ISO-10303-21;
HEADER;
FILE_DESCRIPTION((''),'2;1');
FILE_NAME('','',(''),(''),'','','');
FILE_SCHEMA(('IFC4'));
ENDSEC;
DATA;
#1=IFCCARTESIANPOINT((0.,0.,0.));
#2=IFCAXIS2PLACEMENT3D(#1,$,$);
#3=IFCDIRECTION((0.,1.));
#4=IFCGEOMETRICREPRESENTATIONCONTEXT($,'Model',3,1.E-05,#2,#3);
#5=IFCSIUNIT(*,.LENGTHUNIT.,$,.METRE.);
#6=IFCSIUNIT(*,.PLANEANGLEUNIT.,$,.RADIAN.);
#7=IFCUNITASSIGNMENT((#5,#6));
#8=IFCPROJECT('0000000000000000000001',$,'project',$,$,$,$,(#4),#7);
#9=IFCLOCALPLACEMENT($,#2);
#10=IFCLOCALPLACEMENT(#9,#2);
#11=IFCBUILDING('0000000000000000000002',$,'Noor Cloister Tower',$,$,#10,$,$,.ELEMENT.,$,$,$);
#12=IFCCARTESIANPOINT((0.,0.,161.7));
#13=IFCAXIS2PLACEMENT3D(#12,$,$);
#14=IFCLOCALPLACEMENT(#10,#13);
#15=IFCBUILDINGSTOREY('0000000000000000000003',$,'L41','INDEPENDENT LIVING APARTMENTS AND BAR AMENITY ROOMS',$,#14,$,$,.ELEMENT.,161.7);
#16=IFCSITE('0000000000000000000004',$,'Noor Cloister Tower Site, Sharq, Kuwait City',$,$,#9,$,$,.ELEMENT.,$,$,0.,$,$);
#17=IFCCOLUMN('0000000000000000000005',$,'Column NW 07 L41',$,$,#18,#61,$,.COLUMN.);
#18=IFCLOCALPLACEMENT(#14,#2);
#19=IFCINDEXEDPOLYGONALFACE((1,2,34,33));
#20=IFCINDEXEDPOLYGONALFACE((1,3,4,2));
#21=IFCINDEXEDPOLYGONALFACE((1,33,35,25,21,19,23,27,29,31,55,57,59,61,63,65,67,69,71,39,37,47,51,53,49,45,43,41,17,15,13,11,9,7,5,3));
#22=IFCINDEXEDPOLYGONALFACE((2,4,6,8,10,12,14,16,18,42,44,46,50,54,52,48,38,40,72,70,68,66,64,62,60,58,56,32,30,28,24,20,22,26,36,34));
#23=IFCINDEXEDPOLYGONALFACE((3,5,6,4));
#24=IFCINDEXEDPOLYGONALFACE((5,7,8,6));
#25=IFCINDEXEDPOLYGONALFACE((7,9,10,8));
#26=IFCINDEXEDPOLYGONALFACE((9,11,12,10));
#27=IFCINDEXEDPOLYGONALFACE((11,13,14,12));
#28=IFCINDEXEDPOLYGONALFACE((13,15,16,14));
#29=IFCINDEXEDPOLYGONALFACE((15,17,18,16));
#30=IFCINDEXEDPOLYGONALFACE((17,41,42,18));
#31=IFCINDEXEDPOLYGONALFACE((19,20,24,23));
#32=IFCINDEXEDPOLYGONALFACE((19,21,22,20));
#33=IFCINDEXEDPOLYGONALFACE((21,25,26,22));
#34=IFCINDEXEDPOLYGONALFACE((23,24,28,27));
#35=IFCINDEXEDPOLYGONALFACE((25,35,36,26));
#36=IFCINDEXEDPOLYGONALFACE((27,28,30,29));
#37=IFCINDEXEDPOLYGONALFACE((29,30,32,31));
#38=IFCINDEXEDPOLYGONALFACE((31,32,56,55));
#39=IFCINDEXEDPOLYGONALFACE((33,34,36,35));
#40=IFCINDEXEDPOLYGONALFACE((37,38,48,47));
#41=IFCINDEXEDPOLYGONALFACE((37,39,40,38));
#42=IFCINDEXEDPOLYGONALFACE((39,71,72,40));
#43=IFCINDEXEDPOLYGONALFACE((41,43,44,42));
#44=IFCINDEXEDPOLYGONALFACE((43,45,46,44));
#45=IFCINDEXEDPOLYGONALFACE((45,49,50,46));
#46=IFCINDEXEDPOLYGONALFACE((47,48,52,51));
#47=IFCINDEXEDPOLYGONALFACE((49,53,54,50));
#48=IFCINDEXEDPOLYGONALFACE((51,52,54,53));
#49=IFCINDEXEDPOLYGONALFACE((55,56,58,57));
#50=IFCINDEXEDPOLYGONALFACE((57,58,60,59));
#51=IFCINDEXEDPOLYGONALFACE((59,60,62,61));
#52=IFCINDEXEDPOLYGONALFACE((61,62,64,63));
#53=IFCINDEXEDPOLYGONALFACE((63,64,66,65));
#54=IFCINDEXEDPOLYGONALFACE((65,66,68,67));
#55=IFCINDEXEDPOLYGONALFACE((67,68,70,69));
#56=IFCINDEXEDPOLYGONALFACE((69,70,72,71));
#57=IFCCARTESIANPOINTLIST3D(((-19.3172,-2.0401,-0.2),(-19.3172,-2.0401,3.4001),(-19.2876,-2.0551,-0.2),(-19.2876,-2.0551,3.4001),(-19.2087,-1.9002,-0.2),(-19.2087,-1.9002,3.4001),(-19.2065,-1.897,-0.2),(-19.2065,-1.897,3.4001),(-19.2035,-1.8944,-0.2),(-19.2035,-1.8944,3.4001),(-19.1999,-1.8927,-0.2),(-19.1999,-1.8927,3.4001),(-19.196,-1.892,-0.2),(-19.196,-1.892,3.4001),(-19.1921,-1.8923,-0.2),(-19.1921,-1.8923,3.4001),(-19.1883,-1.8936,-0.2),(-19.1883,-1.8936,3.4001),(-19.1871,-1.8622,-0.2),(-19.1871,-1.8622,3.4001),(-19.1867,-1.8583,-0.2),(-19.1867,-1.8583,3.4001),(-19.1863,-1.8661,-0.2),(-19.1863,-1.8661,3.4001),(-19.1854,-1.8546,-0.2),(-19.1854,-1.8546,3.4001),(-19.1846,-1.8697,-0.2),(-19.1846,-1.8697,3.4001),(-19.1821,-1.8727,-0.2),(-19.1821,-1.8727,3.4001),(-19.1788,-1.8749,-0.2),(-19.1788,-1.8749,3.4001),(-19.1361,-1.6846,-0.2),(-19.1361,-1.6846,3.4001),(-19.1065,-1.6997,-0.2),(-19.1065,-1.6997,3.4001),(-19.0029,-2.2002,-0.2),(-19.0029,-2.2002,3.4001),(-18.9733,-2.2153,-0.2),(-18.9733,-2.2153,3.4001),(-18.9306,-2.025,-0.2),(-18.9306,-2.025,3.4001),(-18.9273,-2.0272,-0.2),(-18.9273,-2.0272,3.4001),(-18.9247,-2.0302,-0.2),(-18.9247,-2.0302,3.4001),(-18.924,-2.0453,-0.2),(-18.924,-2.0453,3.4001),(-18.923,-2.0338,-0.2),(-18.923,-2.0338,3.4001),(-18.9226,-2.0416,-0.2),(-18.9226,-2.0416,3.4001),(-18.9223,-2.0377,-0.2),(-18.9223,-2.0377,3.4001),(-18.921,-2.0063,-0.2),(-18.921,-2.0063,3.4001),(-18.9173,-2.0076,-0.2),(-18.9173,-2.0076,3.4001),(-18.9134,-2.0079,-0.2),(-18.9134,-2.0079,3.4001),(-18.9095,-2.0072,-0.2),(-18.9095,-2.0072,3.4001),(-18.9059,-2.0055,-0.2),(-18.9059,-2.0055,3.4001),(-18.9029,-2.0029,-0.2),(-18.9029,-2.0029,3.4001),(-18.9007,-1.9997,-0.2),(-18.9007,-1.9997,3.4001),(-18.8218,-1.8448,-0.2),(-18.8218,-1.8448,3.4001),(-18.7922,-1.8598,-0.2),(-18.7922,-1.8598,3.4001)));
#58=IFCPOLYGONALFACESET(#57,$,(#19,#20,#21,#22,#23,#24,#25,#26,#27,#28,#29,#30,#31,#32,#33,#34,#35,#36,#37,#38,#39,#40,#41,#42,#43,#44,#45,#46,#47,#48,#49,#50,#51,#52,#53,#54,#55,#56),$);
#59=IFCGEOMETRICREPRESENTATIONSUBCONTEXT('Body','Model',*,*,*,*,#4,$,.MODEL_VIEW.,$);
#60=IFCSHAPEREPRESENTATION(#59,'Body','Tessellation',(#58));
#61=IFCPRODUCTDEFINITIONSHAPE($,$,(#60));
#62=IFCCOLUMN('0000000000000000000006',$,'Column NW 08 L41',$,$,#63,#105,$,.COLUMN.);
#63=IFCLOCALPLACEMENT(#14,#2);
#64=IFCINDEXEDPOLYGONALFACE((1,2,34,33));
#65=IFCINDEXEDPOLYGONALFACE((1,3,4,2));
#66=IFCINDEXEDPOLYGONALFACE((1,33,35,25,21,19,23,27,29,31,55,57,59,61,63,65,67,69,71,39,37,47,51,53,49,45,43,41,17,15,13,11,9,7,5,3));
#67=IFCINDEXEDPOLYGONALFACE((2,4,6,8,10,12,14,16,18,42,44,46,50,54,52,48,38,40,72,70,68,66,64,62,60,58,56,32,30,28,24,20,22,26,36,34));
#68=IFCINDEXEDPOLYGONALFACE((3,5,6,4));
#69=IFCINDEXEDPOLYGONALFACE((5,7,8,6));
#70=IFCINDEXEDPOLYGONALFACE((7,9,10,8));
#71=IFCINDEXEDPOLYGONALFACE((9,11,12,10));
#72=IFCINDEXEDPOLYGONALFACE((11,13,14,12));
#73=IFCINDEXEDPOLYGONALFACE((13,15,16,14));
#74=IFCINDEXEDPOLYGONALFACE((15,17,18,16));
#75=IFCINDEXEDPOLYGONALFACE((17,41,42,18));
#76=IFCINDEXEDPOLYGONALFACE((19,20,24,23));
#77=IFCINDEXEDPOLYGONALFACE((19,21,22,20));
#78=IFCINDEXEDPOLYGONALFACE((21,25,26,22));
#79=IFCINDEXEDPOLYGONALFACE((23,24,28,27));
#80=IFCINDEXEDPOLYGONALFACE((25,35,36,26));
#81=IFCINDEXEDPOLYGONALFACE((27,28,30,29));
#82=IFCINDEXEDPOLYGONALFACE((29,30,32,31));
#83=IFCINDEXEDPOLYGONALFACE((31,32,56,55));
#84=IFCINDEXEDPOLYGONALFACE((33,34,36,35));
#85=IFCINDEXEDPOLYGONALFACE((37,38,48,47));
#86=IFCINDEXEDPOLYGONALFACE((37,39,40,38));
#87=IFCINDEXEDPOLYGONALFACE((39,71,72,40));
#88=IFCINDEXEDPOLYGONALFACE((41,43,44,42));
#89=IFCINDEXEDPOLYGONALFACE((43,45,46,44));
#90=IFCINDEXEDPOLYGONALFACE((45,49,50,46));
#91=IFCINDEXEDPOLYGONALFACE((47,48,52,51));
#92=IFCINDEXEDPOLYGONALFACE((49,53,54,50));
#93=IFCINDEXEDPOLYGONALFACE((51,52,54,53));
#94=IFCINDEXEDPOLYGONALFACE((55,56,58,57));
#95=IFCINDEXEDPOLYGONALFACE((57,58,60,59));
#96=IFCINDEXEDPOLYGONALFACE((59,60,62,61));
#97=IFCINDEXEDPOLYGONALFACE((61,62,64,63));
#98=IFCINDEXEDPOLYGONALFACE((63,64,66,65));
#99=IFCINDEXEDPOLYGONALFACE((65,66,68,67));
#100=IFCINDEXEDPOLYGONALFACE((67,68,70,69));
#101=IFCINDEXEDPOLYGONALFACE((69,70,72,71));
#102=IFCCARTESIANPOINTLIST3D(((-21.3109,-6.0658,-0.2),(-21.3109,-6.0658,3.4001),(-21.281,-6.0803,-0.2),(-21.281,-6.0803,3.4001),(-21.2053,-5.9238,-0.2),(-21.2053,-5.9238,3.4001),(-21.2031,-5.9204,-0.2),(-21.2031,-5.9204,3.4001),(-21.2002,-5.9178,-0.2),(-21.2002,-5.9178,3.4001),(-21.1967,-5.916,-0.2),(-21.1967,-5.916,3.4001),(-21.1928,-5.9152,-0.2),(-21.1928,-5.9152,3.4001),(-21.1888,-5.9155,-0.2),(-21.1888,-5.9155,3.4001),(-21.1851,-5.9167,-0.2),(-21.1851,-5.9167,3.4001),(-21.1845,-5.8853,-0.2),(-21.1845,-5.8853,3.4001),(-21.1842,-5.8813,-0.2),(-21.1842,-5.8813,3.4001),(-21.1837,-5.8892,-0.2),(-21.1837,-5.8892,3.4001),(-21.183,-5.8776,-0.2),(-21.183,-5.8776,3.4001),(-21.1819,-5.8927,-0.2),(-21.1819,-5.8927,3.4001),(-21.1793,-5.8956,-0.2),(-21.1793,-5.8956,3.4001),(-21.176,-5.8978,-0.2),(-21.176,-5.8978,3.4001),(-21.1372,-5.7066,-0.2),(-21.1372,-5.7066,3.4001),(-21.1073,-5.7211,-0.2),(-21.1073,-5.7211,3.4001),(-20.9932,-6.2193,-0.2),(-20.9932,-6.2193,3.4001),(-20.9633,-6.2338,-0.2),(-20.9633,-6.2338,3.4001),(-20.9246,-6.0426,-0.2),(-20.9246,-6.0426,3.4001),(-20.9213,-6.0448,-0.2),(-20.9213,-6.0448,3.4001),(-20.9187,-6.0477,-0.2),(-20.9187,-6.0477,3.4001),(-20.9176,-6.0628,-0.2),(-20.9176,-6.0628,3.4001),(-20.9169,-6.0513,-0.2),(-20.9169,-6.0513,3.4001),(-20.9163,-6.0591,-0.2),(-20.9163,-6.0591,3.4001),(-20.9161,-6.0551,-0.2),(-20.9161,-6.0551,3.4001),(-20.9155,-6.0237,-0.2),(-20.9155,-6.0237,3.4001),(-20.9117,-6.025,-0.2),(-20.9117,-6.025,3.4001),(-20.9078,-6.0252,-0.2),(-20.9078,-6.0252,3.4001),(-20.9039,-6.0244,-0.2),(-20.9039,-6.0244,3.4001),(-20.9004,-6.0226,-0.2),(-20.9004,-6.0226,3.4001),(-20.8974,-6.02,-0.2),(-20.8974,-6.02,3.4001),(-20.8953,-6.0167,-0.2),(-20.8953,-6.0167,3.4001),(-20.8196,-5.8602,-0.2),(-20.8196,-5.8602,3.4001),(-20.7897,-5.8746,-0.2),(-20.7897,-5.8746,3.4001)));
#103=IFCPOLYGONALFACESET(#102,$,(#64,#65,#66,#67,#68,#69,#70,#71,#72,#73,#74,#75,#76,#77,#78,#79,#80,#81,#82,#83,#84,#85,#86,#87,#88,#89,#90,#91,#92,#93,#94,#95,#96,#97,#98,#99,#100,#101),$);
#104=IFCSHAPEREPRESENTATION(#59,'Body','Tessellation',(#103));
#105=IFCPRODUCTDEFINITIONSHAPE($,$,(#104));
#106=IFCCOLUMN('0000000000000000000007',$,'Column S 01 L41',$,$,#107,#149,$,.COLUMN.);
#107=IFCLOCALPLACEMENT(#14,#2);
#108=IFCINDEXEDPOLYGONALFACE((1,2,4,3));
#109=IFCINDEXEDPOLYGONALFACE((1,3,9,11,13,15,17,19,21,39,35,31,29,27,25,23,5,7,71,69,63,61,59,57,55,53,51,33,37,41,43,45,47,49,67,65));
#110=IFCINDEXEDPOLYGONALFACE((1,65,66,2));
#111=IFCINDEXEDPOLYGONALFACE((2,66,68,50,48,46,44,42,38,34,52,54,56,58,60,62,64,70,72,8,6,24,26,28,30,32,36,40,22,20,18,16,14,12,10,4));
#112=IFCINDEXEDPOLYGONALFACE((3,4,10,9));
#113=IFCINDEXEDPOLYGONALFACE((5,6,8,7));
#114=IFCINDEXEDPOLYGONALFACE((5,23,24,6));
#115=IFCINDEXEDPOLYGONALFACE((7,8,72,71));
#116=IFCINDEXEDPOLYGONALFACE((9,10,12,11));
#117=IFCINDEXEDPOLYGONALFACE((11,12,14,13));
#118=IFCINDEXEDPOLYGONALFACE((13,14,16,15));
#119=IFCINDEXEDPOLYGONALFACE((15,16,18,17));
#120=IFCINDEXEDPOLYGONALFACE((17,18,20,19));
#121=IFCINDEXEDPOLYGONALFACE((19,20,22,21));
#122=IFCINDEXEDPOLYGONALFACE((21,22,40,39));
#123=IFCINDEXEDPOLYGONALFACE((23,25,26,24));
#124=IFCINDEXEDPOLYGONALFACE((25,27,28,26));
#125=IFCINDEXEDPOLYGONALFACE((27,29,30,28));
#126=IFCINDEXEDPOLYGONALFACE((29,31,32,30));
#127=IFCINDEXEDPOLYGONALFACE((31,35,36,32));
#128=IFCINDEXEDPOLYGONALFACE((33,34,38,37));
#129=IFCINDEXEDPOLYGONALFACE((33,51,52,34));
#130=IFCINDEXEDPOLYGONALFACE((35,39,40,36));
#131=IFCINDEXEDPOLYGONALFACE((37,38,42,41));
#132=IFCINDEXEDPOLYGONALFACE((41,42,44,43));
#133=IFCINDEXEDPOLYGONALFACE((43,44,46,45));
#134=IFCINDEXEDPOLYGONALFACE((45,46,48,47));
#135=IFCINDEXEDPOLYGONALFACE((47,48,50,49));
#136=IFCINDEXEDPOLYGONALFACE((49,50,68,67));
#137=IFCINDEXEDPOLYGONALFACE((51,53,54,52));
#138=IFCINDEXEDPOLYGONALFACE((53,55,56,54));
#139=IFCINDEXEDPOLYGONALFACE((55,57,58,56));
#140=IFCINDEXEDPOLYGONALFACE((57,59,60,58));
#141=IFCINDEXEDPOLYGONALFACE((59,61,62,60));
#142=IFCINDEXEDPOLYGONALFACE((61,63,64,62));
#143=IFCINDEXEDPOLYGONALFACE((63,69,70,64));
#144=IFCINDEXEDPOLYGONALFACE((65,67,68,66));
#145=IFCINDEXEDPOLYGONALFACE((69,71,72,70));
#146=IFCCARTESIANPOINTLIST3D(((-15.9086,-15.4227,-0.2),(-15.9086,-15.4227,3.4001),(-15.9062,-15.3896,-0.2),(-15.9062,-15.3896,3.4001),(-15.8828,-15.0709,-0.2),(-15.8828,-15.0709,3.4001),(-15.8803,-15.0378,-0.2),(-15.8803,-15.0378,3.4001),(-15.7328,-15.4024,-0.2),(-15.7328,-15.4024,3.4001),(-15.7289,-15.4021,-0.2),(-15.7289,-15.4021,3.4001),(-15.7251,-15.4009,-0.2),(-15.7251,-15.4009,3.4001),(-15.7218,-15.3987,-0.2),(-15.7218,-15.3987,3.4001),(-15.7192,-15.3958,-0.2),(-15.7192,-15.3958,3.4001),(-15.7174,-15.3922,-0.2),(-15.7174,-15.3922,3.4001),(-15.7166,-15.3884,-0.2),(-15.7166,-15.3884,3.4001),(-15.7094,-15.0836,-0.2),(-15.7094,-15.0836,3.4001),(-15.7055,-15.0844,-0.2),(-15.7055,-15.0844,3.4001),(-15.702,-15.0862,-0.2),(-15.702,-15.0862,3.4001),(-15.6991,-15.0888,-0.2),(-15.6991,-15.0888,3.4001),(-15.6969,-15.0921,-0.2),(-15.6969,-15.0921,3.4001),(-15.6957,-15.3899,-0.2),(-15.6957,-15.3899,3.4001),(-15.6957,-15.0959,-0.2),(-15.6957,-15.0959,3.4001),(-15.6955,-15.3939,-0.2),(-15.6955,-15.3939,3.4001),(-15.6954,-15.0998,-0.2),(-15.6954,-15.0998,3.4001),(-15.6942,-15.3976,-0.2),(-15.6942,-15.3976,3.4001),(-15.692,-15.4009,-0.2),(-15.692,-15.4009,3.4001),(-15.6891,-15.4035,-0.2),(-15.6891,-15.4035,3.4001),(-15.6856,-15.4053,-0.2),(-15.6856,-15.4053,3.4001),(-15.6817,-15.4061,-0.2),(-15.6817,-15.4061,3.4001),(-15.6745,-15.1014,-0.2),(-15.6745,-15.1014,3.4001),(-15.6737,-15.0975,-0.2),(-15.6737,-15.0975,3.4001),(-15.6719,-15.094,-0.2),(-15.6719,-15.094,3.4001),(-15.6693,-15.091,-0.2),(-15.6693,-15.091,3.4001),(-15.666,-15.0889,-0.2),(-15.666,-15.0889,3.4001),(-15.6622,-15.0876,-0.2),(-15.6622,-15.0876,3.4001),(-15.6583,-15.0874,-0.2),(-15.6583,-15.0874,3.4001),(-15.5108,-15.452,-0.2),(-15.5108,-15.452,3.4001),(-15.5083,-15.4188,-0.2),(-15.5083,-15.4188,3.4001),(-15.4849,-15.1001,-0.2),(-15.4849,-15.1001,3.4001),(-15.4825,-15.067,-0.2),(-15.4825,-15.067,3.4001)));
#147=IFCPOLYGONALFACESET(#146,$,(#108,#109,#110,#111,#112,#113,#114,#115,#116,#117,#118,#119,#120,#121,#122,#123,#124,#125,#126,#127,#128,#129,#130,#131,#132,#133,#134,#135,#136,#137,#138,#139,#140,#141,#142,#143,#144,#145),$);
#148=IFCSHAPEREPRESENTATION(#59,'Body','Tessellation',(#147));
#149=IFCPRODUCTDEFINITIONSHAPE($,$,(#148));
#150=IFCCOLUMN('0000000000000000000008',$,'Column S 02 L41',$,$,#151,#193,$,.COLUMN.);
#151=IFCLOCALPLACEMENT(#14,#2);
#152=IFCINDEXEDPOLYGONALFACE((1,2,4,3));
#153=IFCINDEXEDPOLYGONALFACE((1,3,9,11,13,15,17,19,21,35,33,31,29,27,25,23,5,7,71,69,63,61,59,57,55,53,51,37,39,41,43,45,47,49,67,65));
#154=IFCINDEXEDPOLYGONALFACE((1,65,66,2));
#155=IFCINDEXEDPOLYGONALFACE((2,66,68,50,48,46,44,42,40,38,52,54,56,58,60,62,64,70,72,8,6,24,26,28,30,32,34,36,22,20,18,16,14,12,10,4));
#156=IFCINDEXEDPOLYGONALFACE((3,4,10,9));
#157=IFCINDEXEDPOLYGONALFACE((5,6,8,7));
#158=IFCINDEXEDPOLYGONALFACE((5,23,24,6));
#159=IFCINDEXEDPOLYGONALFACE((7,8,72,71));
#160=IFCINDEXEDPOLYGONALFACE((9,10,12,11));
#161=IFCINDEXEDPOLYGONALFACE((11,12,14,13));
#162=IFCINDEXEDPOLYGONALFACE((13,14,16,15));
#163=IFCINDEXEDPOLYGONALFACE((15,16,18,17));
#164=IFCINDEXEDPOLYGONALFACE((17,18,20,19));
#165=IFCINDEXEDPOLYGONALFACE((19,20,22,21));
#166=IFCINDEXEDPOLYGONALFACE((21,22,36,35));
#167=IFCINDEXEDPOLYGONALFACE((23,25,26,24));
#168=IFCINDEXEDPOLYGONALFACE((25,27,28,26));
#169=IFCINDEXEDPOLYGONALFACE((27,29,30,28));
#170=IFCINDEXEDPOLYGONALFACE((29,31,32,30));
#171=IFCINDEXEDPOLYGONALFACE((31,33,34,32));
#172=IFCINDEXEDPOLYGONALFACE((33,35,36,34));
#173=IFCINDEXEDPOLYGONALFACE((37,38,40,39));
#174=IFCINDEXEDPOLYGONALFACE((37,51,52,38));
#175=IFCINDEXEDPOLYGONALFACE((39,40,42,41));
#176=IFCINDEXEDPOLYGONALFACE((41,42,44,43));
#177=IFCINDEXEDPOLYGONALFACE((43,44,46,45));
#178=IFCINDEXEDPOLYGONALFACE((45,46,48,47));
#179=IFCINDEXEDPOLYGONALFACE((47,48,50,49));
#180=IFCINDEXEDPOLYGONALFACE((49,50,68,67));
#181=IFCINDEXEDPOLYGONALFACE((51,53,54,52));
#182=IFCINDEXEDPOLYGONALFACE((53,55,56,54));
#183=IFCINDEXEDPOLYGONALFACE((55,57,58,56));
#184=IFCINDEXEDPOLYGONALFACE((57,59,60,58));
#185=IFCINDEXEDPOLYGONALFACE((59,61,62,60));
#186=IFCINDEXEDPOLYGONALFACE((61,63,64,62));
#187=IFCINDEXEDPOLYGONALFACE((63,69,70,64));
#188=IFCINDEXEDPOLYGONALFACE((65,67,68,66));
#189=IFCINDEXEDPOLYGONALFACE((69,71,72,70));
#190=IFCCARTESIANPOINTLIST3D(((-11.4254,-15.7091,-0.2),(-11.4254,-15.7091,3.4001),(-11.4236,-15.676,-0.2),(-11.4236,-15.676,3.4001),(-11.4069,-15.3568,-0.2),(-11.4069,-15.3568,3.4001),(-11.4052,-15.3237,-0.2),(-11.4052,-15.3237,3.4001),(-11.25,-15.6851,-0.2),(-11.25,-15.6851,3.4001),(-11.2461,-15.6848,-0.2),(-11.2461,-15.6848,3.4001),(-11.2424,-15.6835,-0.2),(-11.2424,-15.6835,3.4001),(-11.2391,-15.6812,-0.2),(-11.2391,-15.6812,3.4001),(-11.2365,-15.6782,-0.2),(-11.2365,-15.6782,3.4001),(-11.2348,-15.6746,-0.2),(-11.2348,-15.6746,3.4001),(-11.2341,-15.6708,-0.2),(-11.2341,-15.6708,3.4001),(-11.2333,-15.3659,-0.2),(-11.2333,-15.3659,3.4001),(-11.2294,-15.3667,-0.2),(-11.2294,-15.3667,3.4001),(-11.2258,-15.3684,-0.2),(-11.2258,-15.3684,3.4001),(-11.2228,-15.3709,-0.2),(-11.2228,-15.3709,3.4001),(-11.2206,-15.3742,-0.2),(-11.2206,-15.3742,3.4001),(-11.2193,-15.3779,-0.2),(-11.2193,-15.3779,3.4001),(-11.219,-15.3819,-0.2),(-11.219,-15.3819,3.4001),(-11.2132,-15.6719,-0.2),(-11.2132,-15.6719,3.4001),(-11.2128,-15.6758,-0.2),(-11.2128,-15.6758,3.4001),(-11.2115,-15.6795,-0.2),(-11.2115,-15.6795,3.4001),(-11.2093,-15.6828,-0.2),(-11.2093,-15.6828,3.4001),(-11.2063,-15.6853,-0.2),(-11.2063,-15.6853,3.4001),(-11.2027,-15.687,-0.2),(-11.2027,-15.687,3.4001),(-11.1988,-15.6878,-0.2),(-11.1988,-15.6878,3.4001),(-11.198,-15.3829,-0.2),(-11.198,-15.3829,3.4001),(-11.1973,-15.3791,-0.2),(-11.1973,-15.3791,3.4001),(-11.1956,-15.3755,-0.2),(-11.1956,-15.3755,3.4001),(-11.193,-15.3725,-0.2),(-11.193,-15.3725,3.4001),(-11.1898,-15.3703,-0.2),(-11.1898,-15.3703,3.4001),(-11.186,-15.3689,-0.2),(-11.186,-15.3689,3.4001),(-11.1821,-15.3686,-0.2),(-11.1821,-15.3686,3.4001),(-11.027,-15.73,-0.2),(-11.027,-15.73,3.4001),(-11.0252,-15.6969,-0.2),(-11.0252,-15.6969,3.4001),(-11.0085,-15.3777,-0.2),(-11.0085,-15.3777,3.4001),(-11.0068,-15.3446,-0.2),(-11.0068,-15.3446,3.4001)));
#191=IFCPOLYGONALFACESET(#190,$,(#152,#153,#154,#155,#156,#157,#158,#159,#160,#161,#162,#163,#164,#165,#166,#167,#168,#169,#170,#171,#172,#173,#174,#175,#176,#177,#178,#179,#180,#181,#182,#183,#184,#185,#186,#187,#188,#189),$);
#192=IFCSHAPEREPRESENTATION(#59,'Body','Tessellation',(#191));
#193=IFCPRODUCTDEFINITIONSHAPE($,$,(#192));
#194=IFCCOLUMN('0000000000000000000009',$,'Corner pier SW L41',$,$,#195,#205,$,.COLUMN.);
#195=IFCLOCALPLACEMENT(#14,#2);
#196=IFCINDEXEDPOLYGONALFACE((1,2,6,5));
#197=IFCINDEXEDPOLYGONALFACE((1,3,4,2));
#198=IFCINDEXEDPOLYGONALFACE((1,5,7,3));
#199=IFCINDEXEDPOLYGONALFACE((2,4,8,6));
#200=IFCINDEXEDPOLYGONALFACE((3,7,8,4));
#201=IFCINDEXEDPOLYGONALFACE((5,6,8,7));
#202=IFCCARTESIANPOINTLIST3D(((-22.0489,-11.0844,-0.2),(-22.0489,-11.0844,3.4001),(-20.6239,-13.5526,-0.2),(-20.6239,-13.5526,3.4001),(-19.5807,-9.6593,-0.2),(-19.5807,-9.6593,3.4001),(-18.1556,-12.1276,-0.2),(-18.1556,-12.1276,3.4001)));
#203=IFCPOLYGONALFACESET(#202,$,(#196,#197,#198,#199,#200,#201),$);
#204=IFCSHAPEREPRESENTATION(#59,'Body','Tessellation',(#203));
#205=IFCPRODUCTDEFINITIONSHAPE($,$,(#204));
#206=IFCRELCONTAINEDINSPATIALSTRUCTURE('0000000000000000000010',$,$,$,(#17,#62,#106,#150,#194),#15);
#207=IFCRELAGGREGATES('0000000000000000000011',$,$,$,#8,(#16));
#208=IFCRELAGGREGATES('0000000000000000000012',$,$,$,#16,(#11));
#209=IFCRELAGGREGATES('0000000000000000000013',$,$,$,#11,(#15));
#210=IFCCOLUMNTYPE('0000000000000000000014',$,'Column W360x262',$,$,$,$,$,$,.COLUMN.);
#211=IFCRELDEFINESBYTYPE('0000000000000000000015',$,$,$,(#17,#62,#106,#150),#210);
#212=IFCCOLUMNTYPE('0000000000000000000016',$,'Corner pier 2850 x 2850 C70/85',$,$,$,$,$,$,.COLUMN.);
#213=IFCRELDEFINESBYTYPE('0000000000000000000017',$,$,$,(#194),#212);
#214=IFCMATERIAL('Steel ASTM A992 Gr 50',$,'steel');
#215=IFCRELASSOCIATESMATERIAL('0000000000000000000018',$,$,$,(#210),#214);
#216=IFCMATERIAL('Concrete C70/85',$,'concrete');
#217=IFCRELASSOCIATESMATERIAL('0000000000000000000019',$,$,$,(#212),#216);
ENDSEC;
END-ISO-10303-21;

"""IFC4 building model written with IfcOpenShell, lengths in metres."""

from ifc_helpers import new_model, si_unit, direction, frame, origin, origin_2d, place, context, subcontext, project, spatial, rectangle, i_section, extrude, material, material_profile, profile_set, type_object, element, save


model = new_model("IFC4")

# Units and contexts
model_context = context("Model", 3, precision=1e-05, world=origin(), true_north=direction((0.0, 1.0)))
body_context = subcontext(model_context, "Body", "Model", "MODEL_VIEW")
ifc_project = project(units=[si_unit("LENGTHUNIT", "METRE"), si_unit("PLANEANGLEUNIT", "RADIAN")], contexts=[model_context])

# Site, building, storey
site_placement = place(None, origin())
site = spatial("IfcSite", under=ifc_project, at=site_placement, Name="Noor Cloister Tower Site, Sharq, Kuwait City", CompositionType="ELEMENT", RefElevation=0.0)
building_placement = place(site_placement, origin())
building = spatial("IfcBuilding", under=site, at=building_placement, Name="Noor Cloister Tower", CompositionType="ELEMENT")
storey_placement = place(building_placement, frame((0.0, 0.0, 161.7)))
storey = spatial("IfcBuildingStorey", under=building, at=storey_placement, Name="L41", Description="INDEPENDENT LIVING APARTMENTS AND BAR AMENITY ROOMS", CompositionType="ELEMENT", Elevation=161.7)

# Columns
ifc_material_1 = material(Name="Steel ASTM A992 Gr 50", Category="steel")
ifc_material_profile_1 = material_profile(ifc_material_1, i_section(OverallWidth=0.3989, OverallDepth=0.386, WebThickness=0.021, FlangeThickness=0.0332, FilletRadius=0.0151, at=origin_2d()), Name="W360x262")
ifc_profile_set_1 = profile_set([ifc_material_profile_1], Name="Steel ASTM A992 Gr 50")
column_type_1 = type_object("IfcColumnType", Name="Column W360x262", PredefinedType="COLUMN", material=ifc_profile_set_1)
for number, where, z_axis, x_axis, name in (
    (1, (-19.0547, -1.95, -0.2), (0.0, 0.0, 1.0), (-0.453985, -0.891009, 0.0), "Column NW 07 L41"),
    (2, (-21.0503, -5.9702, -0.2), (0.0, 0.0, 1.0), (-0.435223, -0.900322, 0.0), "Column NW 08 L41"),
    (3, (-15.6956, -15.2449, -0.2), (0.0, 0.0, 1.0), (0.997314, -0.073247, 0.0), "Column S 01 L41"),
    (4, (-11.2161, -15.5269, -0.2), (0.0, 0.0, 1.0), (0.998629, -0.052342, 0.0), "Column S 02 L41"),
):
    element("IfcColumn", number, at=place(storey_placement, frame(where, z_axis=z_axis, x_axis=x_axis)), inside=storey, type_object=column_type_1, Name=name, PredefinedType="COLUMN", context=body_context, shape_type="SweptSolid", body=[
        extrude(i_section(OverallWidth=0.3989, OverallDepth=0.386, WebThickness=0.021, FlangeThickness=0.0332, FilletRadius=0.0151, at=origin_2d()), origin(), (0.0, 0.0, 1.0), 3.6001),
    ])
ifc_material_2 = material(Name="Concrete C70/85", Category="concrete")
ifc_material_profile_2 = material_profile(ifc_material_2, rectangle(XDim=2.8501, YDim=2.8501, at=origin_2d()), Name="RC 2850x2850")
ifc_profile_set_2 = profile_set([ifc_material_profile_2], Name="Concrete C70/85")
column_type_2 = type_object("IfcColumnType", Name="Corner pier 2850 x 2850 C70/85", PredefinedType="COLUMN", material=ifc_profile_set_2)
column_placement = place(storey_placement, frame((-20.1023, -11.606, -0.2), z_axis=(0.0, 0.0, 1.0), x_axis=(-0.866025, -0.5, 0.0)))
element("IfcColumn", 5, at=column_placement, inside=storey, type_object=column_type_2, Name="Corner pier SW L41", PredefinedType="COLUMN", context=body_context, shape_type="SweptSolid", body=[
    extrude(rectangle(XDim=2.8501, YDim=2.8501, at=origin_2d()), origin(), (0.0, 0.0, 1.0), 3.6001),
])

save(model, "model.ifc")
